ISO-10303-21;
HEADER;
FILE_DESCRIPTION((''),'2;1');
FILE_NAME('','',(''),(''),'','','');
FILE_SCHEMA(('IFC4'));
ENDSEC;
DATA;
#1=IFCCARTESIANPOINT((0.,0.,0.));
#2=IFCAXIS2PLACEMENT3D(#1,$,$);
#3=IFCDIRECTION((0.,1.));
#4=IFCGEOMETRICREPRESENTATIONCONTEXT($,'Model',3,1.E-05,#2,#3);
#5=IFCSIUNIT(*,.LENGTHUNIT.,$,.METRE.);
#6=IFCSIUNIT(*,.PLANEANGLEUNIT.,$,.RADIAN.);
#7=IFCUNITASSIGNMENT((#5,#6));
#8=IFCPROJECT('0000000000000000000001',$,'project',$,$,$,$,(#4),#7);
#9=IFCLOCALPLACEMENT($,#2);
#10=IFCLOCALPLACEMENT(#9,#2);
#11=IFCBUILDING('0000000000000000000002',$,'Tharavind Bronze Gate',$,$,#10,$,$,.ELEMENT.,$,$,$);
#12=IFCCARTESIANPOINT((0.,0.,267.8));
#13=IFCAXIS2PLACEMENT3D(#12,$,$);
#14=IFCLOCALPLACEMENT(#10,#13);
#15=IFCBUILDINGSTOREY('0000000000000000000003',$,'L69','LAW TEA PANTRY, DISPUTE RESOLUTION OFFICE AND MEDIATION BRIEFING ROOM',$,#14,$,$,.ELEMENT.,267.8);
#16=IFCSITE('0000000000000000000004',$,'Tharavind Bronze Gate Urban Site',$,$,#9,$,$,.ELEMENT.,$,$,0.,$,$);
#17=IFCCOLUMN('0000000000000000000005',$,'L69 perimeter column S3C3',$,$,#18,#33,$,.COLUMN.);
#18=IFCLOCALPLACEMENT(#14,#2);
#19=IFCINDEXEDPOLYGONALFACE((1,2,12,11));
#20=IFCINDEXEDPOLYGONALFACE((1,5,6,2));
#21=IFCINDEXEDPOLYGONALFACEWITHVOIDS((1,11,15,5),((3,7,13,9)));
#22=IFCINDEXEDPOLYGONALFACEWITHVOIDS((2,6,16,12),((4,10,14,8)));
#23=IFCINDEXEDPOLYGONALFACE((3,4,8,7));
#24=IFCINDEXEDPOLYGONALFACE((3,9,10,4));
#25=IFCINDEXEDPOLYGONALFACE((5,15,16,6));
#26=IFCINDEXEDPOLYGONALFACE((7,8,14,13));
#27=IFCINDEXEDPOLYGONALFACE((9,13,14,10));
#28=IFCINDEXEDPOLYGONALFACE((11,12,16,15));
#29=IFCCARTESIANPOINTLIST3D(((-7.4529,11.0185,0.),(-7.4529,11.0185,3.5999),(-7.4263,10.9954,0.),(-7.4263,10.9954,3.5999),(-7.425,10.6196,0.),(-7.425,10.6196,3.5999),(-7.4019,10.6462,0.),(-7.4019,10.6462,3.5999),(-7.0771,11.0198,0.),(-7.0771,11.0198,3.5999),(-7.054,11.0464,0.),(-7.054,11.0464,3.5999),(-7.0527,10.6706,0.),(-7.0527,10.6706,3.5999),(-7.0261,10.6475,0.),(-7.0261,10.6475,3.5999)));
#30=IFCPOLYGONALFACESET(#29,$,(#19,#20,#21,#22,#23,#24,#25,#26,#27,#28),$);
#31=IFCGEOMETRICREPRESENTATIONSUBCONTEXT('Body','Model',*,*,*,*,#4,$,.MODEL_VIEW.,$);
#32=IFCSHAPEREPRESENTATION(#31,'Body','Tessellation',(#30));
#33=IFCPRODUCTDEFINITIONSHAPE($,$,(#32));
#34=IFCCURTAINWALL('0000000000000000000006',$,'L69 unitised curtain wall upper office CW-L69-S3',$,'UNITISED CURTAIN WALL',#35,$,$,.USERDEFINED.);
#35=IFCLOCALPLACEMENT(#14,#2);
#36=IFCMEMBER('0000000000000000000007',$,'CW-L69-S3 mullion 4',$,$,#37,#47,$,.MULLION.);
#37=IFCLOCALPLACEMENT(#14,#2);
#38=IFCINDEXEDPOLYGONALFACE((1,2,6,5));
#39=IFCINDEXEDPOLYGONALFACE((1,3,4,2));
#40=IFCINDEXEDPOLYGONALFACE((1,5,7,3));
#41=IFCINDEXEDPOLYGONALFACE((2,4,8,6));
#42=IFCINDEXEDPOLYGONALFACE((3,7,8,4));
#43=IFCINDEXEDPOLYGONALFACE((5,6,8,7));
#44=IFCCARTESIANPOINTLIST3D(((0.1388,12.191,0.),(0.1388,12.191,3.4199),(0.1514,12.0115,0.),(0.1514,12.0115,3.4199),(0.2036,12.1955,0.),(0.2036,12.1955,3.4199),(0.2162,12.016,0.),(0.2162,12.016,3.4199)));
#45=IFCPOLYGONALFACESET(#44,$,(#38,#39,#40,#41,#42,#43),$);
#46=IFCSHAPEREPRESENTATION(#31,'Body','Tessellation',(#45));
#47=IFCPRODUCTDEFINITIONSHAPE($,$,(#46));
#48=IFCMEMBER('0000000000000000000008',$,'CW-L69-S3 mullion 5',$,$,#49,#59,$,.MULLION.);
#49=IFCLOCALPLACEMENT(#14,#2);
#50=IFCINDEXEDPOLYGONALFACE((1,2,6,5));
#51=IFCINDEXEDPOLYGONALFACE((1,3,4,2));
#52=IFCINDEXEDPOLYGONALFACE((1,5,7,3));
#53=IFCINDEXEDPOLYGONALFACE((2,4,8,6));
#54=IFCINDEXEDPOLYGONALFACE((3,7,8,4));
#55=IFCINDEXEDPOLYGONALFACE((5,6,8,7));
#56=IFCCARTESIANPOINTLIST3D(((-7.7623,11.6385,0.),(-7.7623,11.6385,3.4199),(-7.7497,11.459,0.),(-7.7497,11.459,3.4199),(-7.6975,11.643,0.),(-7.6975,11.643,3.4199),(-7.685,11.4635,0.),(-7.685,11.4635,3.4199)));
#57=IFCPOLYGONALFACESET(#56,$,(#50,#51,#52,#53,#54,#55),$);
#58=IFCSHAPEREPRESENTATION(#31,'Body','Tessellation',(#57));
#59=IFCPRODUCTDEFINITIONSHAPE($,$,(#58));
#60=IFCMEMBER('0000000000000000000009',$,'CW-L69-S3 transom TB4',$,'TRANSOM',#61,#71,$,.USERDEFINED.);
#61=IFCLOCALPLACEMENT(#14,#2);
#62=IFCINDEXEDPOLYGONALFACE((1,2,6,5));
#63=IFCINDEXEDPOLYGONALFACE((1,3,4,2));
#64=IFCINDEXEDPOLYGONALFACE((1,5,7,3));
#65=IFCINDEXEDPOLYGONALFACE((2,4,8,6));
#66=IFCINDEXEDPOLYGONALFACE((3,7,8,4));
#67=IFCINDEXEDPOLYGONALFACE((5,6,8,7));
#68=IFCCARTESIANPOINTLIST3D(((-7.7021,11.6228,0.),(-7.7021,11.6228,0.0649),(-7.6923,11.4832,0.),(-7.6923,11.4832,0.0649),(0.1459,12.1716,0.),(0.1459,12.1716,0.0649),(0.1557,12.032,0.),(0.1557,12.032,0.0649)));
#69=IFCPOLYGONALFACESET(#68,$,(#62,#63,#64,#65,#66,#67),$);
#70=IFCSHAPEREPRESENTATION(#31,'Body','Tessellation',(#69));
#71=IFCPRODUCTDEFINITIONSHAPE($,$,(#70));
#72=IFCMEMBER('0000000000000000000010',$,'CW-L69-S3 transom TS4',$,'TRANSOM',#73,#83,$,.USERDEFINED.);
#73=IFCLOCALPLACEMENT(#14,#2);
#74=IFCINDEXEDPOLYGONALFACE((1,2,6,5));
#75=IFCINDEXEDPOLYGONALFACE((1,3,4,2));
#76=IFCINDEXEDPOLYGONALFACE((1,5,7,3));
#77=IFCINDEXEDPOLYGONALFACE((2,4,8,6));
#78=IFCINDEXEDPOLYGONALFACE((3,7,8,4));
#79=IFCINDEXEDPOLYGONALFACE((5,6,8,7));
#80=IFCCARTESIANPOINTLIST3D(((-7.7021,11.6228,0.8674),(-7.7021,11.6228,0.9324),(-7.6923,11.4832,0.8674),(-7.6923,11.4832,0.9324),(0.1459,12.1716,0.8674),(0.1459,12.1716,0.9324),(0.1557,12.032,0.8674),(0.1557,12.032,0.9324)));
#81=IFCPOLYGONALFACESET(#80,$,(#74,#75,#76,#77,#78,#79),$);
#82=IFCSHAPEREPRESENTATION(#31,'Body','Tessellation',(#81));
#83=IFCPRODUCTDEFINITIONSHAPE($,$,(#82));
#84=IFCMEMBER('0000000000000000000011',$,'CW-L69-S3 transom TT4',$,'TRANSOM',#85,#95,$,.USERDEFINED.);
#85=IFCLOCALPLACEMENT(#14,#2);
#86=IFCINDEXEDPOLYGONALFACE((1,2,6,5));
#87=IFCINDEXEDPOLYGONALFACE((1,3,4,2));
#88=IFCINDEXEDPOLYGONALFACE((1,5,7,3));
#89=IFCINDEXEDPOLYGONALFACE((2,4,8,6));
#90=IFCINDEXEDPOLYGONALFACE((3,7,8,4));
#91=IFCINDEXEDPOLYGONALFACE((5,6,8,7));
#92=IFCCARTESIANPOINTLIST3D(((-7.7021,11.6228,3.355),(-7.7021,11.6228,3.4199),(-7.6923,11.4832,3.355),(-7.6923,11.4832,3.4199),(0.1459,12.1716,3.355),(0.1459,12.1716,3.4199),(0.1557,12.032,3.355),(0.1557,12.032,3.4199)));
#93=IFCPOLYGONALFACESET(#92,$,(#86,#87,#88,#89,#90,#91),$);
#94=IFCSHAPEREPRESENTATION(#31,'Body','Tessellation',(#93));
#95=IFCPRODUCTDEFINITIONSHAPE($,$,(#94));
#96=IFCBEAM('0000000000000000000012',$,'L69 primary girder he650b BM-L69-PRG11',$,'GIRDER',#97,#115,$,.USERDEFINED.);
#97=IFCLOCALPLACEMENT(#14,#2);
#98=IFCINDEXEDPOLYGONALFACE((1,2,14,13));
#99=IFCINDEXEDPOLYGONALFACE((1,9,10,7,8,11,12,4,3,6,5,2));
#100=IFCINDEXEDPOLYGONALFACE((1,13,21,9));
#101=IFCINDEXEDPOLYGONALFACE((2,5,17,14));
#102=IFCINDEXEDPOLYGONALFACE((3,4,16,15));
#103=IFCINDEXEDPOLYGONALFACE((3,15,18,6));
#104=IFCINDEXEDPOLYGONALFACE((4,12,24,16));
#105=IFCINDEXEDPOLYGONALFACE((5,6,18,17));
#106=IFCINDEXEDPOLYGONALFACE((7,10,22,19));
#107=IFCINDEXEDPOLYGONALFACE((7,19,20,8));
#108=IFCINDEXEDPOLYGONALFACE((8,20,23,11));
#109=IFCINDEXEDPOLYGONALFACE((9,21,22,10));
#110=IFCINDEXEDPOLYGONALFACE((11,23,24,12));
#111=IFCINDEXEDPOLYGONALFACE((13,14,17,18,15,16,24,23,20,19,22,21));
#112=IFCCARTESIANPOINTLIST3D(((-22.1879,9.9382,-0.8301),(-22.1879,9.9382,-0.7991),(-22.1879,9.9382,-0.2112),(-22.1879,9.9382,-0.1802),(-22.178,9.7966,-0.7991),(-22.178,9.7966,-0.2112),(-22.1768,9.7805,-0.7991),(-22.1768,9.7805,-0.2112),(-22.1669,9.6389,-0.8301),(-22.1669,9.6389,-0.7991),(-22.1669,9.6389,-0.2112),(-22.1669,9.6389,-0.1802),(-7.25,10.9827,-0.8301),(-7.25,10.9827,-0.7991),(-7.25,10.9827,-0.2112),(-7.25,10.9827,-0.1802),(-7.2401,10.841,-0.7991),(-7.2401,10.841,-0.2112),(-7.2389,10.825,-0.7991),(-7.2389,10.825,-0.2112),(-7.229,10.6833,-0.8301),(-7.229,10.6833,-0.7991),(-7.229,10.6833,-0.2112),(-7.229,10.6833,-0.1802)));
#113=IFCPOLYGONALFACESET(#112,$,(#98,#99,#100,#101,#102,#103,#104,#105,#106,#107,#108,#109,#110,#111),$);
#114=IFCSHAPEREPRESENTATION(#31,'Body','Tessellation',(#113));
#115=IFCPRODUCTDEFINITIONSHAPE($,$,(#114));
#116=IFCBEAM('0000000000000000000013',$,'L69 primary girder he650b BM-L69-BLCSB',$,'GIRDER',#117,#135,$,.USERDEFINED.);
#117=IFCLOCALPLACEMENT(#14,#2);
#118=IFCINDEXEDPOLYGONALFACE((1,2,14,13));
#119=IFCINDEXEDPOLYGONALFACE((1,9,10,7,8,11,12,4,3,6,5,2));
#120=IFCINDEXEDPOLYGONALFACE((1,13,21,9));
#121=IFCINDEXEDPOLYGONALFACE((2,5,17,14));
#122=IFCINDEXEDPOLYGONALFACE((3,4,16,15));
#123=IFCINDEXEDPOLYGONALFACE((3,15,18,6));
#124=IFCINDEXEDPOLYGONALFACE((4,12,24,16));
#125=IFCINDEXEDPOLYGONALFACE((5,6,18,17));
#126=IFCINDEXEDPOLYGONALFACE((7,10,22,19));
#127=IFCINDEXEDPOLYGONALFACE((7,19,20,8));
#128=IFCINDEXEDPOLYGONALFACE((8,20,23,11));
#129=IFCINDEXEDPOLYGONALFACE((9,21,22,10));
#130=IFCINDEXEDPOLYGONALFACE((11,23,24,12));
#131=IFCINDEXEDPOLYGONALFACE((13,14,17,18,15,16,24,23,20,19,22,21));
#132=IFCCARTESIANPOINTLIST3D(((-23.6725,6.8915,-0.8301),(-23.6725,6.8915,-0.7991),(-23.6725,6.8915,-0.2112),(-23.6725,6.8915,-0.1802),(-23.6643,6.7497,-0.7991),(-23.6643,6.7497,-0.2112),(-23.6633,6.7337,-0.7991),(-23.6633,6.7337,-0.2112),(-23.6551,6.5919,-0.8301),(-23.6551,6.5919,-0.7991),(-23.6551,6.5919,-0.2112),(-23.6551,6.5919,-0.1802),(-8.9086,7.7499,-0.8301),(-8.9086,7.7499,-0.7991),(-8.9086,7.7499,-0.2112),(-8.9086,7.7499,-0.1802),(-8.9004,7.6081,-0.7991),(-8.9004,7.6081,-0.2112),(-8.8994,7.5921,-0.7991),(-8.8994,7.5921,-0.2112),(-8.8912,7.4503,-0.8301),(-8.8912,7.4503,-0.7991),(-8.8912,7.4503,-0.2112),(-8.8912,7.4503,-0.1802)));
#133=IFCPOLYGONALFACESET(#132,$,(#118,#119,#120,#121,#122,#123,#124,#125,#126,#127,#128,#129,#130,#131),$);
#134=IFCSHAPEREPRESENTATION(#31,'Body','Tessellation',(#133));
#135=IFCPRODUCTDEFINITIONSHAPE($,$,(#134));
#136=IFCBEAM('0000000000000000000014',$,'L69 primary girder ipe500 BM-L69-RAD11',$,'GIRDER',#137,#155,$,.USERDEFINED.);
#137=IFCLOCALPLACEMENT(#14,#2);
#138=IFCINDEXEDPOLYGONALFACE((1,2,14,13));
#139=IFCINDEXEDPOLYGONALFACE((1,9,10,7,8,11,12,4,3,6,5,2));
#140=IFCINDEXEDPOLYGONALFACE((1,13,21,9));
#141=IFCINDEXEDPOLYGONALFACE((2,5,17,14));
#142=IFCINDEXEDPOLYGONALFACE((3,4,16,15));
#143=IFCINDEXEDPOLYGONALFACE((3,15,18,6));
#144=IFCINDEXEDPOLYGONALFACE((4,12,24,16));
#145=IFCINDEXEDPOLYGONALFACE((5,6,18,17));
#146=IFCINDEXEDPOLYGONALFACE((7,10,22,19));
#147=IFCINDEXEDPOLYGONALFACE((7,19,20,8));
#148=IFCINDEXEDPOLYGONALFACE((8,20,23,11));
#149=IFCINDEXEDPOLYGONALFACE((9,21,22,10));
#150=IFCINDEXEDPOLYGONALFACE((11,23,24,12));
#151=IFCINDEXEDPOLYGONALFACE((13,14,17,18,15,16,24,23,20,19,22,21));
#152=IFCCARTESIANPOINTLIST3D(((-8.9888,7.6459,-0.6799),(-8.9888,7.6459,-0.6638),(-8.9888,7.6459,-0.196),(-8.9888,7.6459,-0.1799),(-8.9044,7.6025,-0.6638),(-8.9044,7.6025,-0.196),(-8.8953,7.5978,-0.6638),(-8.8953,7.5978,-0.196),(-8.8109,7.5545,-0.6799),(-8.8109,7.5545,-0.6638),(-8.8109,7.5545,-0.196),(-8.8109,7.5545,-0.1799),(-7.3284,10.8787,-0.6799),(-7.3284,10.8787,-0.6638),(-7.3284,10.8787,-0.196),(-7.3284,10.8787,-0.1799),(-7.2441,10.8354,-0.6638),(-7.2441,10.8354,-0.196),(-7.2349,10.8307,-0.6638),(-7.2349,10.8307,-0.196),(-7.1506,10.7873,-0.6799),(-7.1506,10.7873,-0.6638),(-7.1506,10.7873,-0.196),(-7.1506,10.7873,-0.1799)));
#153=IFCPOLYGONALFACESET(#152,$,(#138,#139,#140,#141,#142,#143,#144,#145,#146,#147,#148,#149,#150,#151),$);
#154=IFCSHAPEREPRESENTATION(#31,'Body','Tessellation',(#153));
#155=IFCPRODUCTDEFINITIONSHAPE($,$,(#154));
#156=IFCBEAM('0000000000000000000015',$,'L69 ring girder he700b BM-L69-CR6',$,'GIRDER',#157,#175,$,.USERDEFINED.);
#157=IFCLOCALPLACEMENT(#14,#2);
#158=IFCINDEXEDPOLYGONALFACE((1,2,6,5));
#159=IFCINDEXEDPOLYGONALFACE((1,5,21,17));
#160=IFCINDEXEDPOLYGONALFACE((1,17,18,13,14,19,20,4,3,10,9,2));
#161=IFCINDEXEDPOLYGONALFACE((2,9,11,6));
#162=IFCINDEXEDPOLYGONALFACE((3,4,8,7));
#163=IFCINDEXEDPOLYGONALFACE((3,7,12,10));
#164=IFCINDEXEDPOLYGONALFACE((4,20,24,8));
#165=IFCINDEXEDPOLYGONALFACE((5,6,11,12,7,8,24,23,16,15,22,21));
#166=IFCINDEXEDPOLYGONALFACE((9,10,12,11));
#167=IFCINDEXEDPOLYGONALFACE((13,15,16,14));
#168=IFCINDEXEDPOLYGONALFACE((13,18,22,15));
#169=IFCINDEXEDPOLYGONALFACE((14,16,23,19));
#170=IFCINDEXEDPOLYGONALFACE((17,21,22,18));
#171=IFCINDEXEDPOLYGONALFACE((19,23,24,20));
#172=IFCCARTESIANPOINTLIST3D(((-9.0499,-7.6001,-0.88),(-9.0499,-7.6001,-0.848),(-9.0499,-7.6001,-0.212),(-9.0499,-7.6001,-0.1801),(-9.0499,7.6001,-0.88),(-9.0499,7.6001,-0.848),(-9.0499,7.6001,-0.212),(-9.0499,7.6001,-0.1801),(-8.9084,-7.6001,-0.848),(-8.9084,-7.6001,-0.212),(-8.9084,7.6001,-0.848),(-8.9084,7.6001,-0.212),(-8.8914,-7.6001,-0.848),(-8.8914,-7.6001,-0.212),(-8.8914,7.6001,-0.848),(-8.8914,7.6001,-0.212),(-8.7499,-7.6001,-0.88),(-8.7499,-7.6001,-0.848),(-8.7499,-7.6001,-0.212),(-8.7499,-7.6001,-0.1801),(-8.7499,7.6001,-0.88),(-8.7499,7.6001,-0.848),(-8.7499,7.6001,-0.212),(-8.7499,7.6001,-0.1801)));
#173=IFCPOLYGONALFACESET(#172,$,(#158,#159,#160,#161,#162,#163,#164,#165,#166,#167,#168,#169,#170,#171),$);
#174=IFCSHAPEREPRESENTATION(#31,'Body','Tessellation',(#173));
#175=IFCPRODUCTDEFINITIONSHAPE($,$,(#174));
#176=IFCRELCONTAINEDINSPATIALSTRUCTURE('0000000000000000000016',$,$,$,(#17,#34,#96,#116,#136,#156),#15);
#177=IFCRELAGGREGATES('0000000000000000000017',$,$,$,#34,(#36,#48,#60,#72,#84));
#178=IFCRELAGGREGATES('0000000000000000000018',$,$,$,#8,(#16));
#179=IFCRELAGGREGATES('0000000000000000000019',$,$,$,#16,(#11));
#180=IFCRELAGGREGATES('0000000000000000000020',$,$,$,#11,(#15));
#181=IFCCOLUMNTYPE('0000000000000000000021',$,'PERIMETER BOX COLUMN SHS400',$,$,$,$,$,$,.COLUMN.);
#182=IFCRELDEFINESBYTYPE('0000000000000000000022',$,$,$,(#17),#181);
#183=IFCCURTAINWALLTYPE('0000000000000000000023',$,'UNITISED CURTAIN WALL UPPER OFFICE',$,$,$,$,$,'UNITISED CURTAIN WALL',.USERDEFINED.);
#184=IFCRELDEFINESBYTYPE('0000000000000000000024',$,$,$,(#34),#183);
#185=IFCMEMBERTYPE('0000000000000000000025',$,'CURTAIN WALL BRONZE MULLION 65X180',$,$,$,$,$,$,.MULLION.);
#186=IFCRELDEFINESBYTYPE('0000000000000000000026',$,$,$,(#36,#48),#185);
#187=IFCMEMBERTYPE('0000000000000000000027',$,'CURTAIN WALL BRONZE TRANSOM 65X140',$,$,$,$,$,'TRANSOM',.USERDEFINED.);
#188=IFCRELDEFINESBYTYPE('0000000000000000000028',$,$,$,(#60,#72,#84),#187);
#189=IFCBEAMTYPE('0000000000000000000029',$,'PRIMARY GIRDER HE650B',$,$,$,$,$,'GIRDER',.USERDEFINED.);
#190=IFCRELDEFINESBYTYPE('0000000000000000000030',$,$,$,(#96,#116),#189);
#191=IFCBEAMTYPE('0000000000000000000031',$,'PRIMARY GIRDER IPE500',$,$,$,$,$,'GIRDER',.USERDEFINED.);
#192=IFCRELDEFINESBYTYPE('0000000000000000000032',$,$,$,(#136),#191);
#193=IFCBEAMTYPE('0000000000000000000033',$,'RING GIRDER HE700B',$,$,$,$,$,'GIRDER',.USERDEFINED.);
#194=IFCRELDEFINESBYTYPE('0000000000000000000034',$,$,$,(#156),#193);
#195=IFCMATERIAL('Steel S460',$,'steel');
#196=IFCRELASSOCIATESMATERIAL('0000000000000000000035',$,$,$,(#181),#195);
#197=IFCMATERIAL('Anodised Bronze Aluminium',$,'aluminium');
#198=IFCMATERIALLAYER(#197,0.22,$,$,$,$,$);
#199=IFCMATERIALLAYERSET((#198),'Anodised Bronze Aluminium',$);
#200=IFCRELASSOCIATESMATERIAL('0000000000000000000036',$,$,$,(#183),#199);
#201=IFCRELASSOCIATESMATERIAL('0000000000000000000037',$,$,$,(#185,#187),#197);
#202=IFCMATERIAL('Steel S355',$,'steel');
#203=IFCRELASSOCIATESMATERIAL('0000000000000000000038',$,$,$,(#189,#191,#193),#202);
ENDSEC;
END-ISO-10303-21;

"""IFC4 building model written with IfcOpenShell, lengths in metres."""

from ifc_helpers import new_model, si_unit, direction, frame, origin, origin_2d, place, context, subcontext, project, spatial, rectangle, hollow_rectangle, i_section, extrude, material, layer, layer_set, material_profile, profile_set, type_object, element, aggregate, save


model = new_model("IFC4")

# Units and contexts
model_context = context("Model", 3, precision=1e-05, world=origin(), true_north=direction((0.0, 1.0)))
body_context = subcontext(model_context, "Body", "Model", "MODEL_VIEW")
ifc_project = project(units=[si_unit("LENGTHUNIT", "METRE"), si_unit("PLANEANGLEUNIT", "RADIAN")], contexts=[model_context])

# Site, building, storey
site_placement = place(None, origin())
site = spatial("IfcSite", under=ifc_project, at=site_placement, Name="Tharavind Bronze Gate Urban Site", CompositionType="ELEMENT", RefElevation=0.0)
building_placement = place(site_placement, origin())
building = spatial("IfcBuilding", under=site, at=building_placement, Name="Tharavind Bronze Gate", CompositionType="ELEMENT")
storey_placement = place(building_placement, frame((0.0, 0.0, 267.8)))
storey = spatial("IfcBuildingStorey", under=building, at=storey_placement, Name="L69", Description="LAW TEA PANTRY, DISPUTE RESOLUTION OFFICE AND MEDIATION BRIEFING ROOM", CompositionType="ELEMENT", Elevation=267.8)

# Column
ifc_material_1 = material(Name="Steel S460", Category="steel")
ifc_material_profile_1 = material_profile(ifc_material_1, hollow_rectangle(XDim=0.3999, YDim=0.3999, WallThickness=0.0249, at=origin_2d()), Name="SHS400X25")
ifc_profile_set_1 = profile_set([ifc_material_profile_1], Name="Steel S460")
column_type = type_object("IfcColumnType", Name="PERIMETER BOX COLUMN SHS400", PredefinedType="COLUMN", material=ifc_profile_set_1)
column_placement = place(storey_placement, frame((-7.2395, 10.833, 0.0), z_axis=(0.0, 0.0, 1.0), x_axis=(0.997564, 0.069758, 0.0)))
element("IfcColumn", 1, at=column_placement, inside=storey, type_object=column_type, Name="L69 perimeter column S3C3", PredefinedType="COLUMN", context=body_context, shape_type="SweptSolid", body=[
    extrude(hollow_rectangle(XDim=0.3999, YDim=0.3999, WallThickness=0.0249, at=origin_2d()), origin(), (0.0, 0.0, 1.0), 3.5999),
])

# Curtain wall, members
ifc_material_2 = material(Name="Anodised Bronze Aluminium", Category="aluminium")
ifc_layer_1 = layer(ifc_material_2, 0.22)
ifc_layer_set_1 = layer_set([ifc_layer_1], Name="Anodised Bronze Aluminium")
curtain_wall_type = type_object("IfcCurtainWallType", Name="UNITISED CURTAIN WALL UPPER OFFICE", ElementType="UNITISED CURTAIN WALL", PredefinedType="USERDEFINED", material=ifc_layer_set_1)
curtain_wall_placement = place(storey_placement, origin())
curtain_wall = element("IfcCurtainWall", 2, at=curtain_wall_placement, inside=storey, type_object=curtain_wall_type, Name="L69 unitised curtain wall upper office CW-L69-S3", ObjectType="UNITISED CURTAIN WALL", PredefinedType="USERDEFINED")
member_type_1 = type_object("IfcMemberType", Name="CURTAIN WALL BRONZE MULLION 65X180", PredefinedType="MULLION", material=ifc_material_2)
member_1_placement = place(storey_placement, frame((0.1775, 12.1035, 0.0), z_axis=(0.0, 0.0, 1.0), x_axis=(-0.997564, -0.06976, 0.0)))
member_1 = element("IfcMember", 3, at=member_1_placement, type_object=member_type_1, Name="CW-L69-S3 mullion 4", PredefinedType="MULLION", context=body_context, shape_type="SweptSolid", body=[
    extrude(rectangle(XDim=0.0649, YDim=0.1799, at=origin_2d()), origin(), (0.0, 0.0, 1.0), 3.4199),
])
member_2_placement = place(storey_placement, frame((-7.7236, 11.551, 0.0), z_axis=(0.0, 0.0, 1.0), x_axis=(-0.997564, -0.06976, 0.0)))
member_2 = element("IfcMember", 4, at=member_2_placement, type_object=member_type_1, Name="CW-L69-S3 mullion 5", PredefinedType="MULLION", context=body_context, shape_type="SweptSolid", body=[
    extrude(rectangle(XDim=0.0649, YDim=0.1799, at=origin_2d()), origin(), (0.0, 0.0, 1.0), 3.4199),
])
member_type_2 = type_object("IfcMemberType", Name="CURTAIN WALL BRONZE TRANSOM 65X140", ElementType="TRANSOM", PredefinedType="USERDEFINED", material=ifc_material_2)
member_3_placement = place(storey_placement, frame((-3.7732, 11.8274, 0.0), z_axis=(0.0, 0.0, 1.0), x_axis=(-0.997564, -0.06976, 0.0)))
member_3 = element("IfcMember", 5, at=member_3_placement, type_object=member_type_2, Name="CW-L69-S3 transom TB4", ObjectType="TRANSOM", PredefinedType="USERDEFINED", context=body_context, shape_type="SweptSolid", body=[
    extrude(rectangle(XDim=7.8672, YDim=0.1399, at=origin_2d()), origin(), (0.0, 0.0, 1.0), 0.0649),
])
member_4_placement = place(storey_placement, frame((-3.7732, 11.8274, 0.8674), z_axis=(0.0, 0.0, 1.0), x_axis=(-0.997564, -0.06976, 0.0)))
member_4 = element("IfcMember", 6, at=member_4_placement, type_object=member_type_2, Name="CW-L69-S3 transom TS4", ObjectType="TRANSOM", PredefinedType="USERDEFINED", context=body_context, shape_type="SweptSolid", body=[
    extrude(rectangle(XDim=7.8672, YDim=0.1399, at=origin_2d()), origin(), (0.0, 0.0, 1.0), 0.0649),
])
member_5_placement = place(storey_placement, frame((-3.7732, 11.8274, 3.355), z_axis=(0.0, 0.0, 1.0), x_axis=(-0.997564, -0.06976, 0.0)))
member_5 = element("IfcMember", 7, at=member_5_placement, type_object=member_type_2, Name="CW-L69-S3 transom TT4", ObjectType="TRANSOM", PredefinedType="USERDEFINED", context=body_context, shape_type="SweptSolid", body=[
    extrude(rectangle(XDim=7.8672, YDim=0.1399, at=origin_2d()), origin(), (0.0, 0.0, 1.0), 0.0649),
])

# Beams
ifc_material_3 = material(Name="Steel S355", Category="steel")
ifc_material_profile_2 = material_profile(ifc_material_3, i_section(OverallWidth=0.3, OverallDepth=0.6499, WebThickness=0.0161, FlangeThickness=0.031, at=origin_2d()), Name="HE650B")
ifc_profile_set_2 = profile_set([ifc_material_profile_2], Name="Steel S355")
beam_type_1 = type_object("IfcBeamType", Name="PRIMARY GIRDER HE650B", ElementType="GIRDER", PredefinedType="USERDEFINED", material=ifc_profile_set_2)
beam_1_placement = place(storey_placement, frame((-7.2395, 10.833, -0.5051), z_axis=(-0.997565, -0.069748, 0.0), x_axis=(0.069748, -0.997565, 0.0)))
element("IfcBeam", 8, at=beam_1_placement, inside=storey, type_object=beam_type_1, Name="L69 primary girder he650b BM-L69-PRG11", ObjectType="GIRDER", PredefinedType="USERDEFINED", context=body_context, shape_type="SweptSolid", body=[
    extrude(i_section(OverallWidth=0.3, OverallDepth=0.6499, WebThickness=0.0161, FlangeThickness=0.031, at=origin_2d()), origin(), (0.0, 0.0, 1.0), 14.9744),
])
beam_2_placement = place(storey_placement, frame((-8.8999, 7.6001, -0.5051), z_axis=(-0.998314, -0.058044, 0.0), x_axis=(0.058044, -0.998314, 0.0)))
element("IfcBeam", 9, at=beam_2_placement, inside=storey, type_object=beam_type_1, Name="L69 primary girder he650b BM-L69-BLCSB", ObjectType="GIRDER", PredefinedType="USERDEFINED", context=body_context, shape_type="SweptSolid", body=[
    extrude(i_section(OverallWidth=0.3, OverallDepth=0.6499, WebThickness=0.0161, FlangeThickness=0.031, at=origin_2d()), origin(), (0.0, 0.0, 1.0), 14.7888),
])
ifc_material_profile_3 = material_profile(ifc_material_3, i_section(OverallWidth=0.2, OverallDepth=0.5, WebThickness=0.0103, FlangeThickness=0.0161, at=origin_2d()), Name="IPE500")
ifc_profile_set_3 = profile_set([ifc_material_profile_3], Name="Steel S355")
beam_type_2 = type_object("IfcBeamType", Name="PRIMARY GIRDER IPE500", ElementType="GIRDER", PredefinedType="USERDEFINED", material=ifc_profile_set_3)
beam_3_placement = place(storey_placement, frame((-7.2395, 10.833, -0.4299), z_axis=(-0.456861, -0.889538, 0.0), x_axis=(0.889538, -0.456861, 0.0)))
element("IfcBeam", 10, at=beam_3_placement, inside=storey, type_object=beam_type_2, Name="L69 primary girder ipe500 BM-L69-RAD11", ObjectType="GIRDER", PredefinedType="USERDEFINED", context=body_context, shape_type="SweptSolid", body=[
    extrude(i_section(OverallWidth=0.2, OverallDepth=0.5, WebThickness=0.0103, FlangeThickness=0.0161, at=origin_2d()), origin(), (0.0, 0.0, 1.0), 3.6343),
])
ifc_material_profile_4 = material_profile(ifc_material_3, i_section(OverallWidth=0.3, OverallDepth=0.7, WebThickness=0.0171, FlangeThickness=0.032, at=origin_2d()), Name="HE700B")
ifc_profile_set_4 = profile_set([ifc_material_profile_4], Name="Steel S355")
beam_type_3 = type_object("IfcBeamType", Name="RING GIRDER HE700B", ElementType="GIRDER", PredefinedType="USERDEFINED", material=ifc_profile_set_4)
beam_4_placement = place(storey_placement, frame((-8.8999, 7.6001, -0.53), z_axis=(0.0, -1.0, 0.0), x_axis=(1.0, 0.0, 0.0)))
element("IfcBeam", 11, at=beam_4_placement, inside=storey, type_object=beam_type_3, Name="L69 ring girder he700b BM-L69-CR6", ObjectType="GIRDER", PredefinedType="USERDEFINED", context=body_context, shape_type="SweptSolid", body=[
    extrude(i_section(OverallWidth=0.3, OverallDepth=0.7, WebThickness=0.0171, FlangeThickness=0.032, at=origin_2d()), origin(), (0.0, 0.0, 1.0), 15.2002),
])

aggregate(curtain_wall, [member_1, member_2, member_3, member_4, member_5])

save(model, "model.ifc")
